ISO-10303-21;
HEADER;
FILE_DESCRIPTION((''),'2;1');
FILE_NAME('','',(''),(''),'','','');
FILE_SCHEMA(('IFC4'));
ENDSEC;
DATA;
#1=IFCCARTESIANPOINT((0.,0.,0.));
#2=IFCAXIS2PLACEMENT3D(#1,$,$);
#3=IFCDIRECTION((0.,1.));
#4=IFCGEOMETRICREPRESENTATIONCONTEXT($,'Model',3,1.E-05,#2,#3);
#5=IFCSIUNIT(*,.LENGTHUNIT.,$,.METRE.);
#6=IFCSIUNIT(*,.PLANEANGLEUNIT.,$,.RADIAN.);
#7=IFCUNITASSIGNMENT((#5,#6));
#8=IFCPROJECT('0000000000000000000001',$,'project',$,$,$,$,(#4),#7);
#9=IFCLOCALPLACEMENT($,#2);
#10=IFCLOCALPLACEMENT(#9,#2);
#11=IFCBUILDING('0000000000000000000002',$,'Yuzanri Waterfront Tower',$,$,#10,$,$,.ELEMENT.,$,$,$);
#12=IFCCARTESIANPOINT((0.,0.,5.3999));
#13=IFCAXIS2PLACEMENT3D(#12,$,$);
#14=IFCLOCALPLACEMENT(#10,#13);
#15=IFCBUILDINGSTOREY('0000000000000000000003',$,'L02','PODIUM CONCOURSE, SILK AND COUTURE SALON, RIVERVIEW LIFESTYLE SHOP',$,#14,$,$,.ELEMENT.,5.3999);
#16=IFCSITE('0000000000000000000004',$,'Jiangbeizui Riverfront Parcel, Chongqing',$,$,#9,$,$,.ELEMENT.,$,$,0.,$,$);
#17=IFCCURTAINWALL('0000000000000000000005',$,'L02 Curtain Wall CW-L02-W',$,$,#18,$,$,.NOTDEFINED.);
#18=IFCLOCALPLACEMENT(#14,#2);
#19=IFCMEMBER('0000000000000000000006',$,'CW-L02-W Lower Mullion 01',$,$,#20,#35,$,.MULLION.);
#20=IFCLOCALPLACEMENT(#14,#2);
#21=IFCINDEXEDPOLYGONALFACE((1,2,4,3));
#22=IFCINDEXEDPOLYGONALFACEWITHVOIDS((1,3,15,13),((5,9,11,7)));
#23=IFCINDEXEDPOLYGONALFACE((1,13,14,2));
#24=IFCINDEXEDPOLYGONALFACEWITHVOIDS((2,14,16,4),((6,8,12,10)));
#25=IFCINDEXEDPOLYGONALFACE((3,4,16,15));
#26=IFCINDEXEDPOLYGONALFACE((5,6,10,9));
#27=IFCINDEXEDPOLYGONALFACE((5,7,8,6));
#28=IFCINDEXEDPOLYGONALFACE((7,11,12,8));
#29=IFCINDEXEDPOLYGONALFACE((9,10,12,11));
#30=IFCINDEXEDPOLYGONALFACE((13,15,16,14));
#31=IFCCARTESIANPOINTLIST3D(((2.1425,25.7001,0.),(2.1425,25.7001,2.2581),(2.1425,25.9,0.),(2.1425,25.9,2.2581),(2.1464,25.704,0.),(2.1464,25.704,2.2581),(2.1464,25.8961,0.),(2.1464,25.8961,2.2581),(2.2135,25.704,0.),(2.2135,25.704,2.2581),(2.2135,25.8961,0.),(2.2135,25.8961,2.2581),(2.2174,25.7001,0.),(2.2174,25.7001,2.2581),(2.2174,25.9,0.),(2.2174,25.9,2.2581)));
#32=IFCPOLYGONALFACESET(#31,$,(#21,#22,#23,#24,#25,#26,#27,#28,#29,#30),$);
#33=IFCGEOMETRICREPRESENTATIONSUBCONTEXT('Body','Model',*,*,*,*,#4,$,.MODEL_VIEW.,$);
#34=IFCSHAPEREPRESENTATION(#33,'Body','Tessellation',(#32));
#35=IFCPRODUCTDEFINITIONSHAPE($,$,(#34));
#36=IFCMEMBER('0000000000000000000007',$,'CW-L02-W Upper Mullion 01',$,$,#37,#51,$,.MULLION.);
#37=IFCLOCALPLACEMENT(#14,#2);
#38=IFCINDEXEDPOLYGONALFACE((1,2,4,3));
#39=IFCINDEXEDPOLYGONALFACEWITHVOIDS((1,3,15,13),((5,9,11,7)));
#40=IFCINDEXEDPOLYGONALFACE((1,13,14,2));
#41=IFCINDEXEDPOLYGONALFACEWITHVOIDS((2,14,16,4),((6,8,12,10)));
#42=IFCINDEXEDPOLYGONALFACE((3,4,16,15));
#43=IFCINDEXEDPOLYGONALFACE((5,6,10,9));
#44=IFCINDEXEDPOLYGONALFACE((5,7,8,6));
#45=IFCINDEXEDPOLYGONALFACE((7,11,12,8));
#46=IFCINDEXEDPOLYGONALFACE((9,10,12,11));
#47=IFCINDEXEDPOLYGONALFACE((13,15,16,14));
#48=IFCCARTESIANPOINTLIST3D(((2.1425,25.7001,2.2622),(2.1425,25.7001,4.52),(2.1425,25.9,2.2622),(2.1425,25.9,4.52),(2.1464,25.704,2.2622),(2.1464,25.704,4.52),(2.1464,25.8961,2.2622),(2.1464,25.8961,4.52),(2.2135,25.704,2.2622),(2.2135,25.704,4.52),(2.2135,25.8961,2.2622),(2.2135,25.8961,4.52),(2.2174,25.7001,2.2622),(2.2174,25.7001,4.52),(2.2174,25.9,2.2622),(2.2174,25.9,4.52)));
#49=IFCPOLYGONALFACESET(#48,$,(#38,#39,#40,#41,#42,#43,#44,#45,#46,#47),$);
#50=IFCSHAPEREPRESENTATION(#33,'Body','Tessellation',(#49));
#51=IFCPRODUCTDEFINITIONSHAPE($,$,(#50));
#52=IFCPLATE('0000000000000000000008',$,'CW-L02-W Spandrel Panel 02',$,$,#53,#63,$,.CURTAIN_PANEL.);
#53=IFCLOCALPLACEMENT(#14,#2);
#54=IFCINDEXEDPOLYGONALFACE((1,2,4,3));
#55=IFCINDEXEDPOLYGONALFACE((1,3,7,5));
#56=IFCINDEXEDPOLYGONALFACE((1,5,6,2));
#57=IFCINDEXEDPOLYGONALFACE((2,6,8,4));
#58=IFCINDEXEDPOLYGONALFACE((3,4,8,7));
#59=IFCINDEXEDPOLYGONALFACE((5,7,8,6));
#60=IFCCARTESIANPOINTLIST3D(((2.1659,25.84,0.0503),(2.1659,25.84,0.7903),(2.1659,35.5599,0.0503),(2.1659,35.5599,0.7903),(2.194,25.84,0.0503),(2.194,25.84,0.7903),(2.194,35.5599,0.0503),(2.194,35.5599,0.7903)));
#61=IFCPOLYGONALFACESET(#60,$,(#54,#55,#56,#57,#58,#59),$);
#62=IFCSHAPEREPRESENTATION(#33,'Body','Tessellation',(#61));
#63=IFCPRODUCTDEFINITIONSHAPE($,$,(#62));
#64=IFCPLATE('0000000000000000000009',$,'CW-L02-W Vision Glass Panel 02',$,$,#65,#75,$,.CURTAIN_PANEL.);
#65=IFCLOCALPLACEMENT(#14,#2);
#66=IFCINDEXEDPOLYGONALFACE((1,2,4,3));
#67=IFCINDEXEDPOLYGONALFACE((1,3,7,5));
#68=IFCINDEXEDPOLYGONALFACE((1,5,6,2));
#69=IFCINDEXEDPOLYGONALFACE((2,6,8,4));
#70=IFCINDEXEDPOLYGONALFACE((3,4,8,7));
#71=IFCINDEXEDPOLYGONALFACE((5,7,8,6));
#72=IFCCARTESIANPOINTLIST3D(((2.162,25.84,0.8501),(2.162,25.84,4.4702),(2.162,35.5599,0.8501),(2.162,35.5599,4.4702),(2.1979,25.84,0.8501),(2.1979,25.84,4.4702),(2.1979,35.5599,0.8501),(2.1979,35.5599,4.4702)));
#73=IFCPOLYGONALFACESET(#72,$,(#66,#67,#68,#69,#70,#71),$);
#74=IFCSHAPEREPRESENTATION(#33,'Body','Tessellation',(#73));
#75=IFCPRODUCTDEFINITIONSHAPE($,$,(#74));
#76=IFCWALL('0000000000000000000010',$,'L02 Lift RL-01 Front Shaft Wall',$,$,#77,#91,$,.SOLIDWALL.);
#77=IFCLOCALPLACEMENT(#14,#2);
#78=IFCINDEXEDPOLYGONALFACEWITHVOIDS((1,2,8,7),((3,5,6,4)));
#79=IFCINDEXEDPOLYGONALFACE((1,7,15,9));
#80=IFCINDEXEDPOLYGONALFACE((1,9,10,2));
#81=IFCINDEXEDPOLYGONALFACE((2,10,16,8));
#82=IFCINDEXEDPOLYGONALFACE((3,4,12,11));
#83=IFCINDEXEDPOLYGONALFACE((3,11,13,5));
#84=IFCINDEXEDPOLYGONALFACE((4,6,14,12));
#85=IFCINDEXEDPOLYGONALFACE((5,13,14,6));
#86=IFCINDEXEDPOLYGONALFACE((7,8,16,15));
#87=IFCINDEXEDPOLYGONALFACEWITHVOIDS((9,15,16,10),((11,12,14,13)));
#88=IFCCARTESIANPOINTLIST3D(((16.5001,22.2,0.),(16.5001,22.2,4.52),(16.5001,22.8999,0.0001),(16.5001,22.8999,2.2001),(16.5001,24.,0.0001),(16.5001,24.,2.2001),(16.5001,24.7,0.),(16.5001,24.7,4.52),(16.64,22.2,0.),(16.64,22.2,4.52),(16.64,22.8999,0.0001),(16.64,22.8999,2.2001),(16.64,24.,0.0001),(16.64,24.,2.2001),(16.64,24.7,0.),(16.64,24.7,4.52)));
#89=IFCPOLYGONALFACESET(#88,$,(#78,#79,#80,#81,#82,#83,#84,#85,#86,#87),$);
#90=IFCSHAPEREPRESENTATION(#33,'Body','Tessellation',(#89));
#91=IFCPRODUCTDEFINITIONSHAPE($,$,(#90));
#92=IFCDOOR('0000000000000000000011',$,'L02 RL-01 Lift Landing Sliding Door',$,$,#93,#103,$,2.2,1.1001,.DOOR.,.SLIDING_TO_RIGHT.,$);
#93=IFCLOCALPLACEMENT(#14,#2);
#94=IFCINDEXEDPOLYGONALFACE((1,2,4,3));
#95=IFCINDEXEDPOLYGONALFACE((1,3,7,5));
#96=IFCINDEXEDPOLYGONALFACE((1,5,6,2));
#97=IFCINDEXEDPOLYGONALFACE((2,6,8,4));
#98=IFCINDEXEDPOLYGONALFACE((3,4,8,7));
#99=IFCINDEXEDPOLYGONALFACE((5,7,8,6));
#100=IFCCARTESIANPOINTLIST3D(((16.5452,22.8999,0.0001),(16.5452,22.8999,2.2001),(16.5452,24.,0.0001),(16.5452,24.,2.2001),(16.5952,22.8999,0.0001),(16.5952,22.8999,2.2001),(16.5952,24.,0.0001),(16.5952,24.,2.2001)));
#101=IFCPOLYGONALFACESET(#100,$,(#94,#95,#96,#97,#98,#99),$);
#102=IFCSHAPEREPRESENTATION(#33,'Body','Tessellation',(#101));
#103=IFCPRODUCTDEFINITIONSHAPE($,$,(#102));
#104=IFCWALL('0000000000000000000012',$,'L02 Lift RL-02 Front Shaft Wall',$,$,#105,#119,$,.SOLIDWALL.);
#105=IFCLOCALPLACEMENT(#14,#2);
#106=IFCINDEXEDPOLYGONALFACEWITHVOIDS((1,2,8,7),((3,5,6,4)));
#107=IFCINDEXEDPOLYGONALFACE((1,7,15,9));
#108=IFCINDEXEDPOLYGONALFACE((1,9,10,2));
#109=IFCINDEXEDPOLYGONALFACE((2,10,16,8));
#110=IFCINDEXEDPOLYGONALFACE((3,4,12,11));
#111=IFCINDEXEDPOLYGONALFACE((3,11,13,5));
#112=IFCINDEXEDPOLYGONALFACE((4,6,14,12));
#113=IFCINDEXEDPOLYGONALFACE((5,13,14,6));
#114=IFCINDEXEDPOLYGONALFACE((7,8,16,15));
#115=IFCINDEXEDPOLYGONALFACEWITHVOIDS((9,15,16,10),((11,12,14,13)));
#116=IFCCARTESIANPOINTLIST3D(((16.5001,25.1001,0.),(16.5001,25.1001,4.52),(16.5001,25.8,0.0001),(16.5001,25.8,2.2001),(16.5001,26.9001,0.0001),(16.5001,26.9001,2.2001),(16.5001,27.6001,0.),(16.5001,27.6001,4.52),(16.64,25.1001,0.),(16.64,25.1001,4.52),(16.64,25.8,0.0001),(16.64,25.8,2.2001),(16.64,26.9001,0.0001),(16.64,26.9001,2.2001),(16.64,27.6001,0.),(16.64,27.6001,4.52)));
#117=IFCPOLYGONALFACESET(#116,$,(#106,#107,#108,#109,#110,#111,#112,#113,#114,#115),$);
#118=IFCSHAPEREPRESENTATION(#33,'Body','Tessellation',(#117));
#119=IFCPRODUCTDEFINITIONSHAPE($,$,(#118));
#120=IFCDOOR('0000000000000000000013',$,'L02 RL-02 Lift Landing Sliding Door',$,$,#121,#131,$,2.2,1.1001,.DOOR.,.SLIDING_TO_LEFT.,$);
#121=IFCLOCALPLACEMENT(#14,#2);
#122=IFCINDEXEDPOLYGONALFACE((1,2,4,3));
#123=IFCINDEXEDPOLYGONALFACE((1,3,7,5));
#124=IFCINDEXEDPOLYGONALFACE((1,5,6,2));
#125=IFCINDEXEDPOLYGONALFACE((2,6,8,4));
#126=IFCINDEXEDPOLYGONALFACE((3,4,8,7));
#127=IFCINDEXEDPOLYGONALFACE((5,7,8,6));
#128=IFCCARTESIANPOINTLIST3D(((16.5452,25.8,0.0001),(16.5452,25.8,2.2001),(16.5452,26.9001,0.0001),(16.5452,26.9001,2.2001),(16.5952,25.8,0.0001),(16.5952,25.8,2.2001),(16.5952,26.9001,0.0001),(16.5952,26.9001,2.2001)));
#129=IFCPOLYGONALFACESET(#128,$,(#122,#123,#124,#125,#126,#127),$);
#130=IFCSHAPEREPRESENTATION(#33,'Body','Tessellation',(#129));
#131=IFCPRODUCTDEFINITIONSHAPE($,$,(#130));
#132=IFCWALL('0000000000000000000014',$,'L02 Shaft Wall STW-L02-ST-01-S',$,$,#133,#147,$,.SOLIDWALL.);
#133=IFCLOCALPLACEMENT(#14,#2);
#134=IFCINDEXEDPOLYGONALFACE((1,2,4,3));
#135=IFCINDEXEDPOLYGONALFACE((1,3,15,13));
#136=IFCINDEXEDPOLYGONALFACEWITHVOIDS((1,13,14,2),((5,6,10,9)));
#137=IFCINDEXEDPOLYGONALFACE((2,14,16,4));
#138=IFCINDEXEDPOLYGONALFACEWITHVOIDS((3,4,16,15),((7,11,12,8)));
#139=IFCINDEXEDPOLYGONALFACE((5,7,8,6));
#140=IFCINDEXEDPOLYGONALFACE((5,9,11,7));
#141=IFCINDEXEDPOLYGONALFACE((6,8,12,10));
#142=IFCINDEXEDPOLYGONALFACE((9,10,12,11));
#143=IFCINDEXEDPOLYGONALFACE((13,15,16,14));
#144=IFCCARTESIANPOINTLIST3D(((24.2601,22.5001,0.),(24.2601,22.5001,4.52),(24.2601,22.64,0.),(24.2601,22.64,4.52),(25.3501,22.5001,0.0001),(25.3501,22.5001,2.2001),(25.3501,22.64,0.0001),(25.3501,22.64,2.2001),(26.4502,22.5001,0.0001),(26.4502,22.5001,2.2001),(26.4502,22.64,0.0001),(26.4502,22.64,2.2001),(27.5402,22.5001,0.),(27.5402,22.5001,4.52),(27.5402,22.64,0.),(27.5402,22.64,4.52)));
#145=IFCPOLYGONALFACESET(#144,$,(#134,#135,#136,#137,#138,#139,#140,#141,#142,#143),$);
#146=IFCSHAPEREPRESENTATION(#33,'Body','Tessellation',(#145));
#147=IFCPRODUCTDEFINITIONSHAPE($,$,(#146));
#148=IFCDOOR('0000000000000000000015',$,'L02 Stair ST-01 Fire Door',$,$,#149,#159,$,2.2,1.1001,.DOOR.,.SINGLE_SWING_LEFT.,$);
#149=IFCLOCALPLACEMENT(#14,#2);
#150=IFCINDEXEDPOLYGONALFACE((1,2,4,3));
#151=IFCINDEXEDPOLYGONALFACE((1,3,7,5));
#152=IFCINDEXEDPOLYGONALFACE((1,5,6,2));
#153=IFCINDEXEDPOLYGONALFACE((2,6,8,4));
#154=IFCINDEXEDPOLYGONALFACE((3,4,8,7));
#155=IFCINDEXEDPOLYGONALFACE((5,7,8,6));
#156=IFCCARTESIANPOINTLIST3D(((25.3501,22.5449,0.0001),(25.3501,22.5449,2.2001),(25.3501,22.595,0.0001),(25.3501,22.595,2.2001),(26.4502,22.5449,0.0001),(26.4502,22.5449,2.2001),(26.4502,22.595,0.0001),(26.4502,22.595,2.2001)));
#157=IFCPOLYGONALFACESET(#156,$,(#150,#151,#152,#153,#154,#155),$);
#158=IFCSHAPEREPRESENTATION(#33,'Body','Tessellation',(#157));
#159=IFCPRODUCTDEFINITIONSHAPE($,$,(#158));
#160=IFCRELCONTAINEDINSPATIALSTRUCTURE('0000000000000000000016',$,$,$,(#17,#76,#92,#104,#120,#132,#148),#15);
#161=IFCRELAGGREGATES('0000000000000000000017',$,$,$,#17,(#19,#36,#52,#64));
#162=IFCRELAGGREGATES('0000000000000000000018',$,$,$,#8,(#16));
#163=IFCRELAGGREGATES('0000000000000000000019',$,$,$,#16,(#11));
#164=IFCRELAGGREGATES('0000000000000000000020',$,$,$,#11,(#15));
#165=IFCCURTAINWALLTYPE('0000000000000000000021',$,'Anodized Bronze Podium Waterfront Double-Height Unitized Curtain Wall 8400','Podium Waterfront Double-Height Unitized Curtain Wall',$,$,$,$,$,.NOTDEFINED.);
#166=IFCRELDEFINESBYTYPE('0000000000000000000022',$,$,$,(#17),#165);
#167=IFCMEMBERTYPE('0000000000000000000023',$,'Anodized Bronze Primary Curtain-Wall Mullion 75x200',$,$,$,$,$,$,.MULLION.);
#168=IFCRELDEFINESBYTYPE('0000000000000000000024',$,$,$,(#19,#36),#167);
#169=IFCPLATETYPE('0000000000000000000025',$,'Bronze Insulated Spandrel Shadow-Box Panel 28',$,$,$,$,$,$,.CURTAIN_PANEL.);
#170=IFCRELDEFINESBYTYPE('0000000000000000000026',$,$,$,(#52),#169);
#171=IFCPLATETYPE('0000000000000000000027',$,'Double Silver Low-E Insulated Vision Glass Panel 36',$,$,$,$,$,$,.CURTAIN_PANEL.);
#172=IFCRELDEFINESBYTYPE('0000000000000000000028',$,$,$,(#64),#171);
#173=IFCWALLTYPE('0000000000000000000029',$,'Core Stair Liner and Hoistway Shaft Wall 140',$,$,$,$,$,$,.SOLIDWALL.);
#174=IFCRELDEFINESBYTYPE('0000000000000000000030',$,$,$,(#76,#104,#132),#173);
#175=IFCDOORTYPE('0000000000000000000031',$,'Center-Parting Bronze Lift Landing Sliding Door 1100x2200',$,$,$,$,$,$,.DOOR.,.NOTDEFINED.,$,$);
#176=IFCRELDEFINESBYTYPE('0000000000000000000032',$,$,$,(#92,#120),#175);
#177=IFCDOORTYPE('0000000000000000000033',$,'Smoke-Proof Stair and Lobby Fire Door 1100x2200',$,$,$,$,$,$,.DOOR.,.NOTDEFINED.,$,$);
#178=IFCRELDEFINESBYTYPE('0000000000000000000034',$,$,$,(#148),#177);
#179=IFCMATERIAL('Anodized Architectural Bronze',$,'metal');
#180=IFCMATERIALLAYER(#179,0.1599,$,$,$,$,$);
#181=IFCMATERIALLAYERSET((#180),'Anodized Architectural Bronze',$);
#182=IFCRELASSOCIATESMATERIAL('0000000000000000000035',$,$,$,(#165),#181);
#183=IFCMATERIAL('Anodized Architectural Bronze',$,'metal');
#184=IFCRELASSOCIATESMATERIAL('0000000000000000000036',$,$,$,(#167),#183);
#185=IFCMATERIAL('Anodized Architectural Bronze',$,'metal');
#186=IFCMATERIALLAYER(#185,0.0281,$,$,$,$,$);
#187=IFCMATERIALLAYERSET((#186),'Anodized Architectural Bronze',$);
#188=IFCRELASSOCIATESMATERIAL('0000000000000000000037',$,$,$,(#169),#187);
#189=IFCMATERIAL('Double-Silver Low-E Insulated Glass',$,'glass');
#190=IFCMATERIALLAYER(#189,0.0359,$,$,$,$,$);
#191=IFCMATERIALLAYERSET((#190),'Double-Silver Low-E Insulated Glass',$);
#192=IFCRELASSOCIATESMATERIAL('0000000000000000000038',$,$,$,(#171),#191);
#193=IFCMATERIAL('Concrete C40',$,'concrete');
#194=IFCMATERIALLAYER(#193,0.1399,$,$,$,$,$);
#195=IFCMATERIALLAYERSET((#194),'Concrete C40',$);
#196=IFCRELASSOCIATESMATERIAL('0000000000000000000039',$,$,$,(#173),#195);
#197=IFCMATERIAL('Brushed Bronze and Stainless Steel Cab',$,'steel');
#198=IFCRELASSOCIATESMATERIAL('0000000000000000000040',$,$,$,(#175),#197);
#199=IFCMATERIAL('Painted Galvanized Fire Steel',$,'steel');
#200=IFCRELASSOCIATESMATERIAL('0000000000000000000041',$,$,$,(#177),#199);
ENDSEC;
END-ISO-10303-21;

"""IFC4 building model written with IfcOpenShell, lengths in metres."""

from ifc_helpers import new_model, si_unit, direction, frame, frame_2d, origin, origin_2d, place, context, subcontext, project, spatial, rectangle, hollow_rectangle, extrude, source, transform, mapped, material, layer, layer_set, material_profile, profile_set, type_object, element, fill, aggregate, save


model = new_model("IFC4")

# Units and contexts
model_context = context("Model", 3, precision=1e-05, world=origin(), true_north=direction((0.0, 1.0)))
body_context = subcontext(model_context, "Body", "Model", "MODEL_VIEW")
ifc_project = project(units=[si_unit("LENGTHUNIT", "METRE"), si_unit("PLANEANGLEUNIT", "RADIAN")], contexts=[model_context])

# Site, building, storey
site_placement = place(None, origin())
site = spatial("IfcSite", under=ifc_project, at=site_placement, Name="Jiangbeizui Riverfront Parcel, Chongqing", CompositionType="ELEMENT", RefElevation=0.0)
building_placement = place(site_placement, origin())
building = spatial("IfcBuilding", under=site, at=building_placement, Name="Yuzanri Waterfront Tower", CompositionType="ELEMENT")
storey_placement = place(building_placement, frame((0.0, 0.0, 5.3999)))
storey = spatial("IfcBuildingStorey", under=building, at=storey_placement, Name="L02", Description="PODIUM CONCOURSE, SILK AND COUTURE SALON, RIVERVIEW LIFESTYLE SHOP", CompositionType="ELEMENT", Elevation=5.3999)

# Curtain wall, members, plates
ifc_material_1 = material(Name="Anodized Architectural Bronze", Category="metal")
ifc_layer_1 = layer(ifc_material_1, 0.1599)
ifc_layer_set_1 = layer_set([ifc_layer_1], Name="Anodized Architectural Bronze")
curtain_wall_type = type_object("IfcCurtainWallType", Name="Anodized Bronze Podium Waterfront Double-Height Unitized Curtain Wall 8400", Description="Podium Waterfront Double-Height Unitized Curtain Wall", PredefinedType="NOTDEFINED", material=ifc_layer_set_1)
curtain_wall_placement = place(storey_placement, origin())
curtain_wall = element("IfcCurtainWall", 1, at=curtain_wall_placement, inside=storey, type_object=curtain_wall_type, Name="L02 Curtain Wall CW-L02-W", PredefinedType="NOTDEFINED")
ifc_material_2 = material(Name="Anodized Architectural Bronze", Category="metal")
ifc_material_profile_1 = material_profile(ifc_material_2, hollow_rectangle(XDim=0.075, YDim=0.2, WallThickness=0.0039, at=origin_2d()), Name="CWM 75x200")
ifc_profile_set_1 = profile_set([ifc_material_profile_1], Name="Anodized Architectural Bronze")
member_type = type_object("IfcMemberType", Name="Anodized Bronze Primary Curtain-Wall Mullion 75x200", PredefinedType="MULLION", material=ifc_profile_set_1)
shared_shape_1 = source(origin(), body_context, "Body", "SweptSolid", [
    extrude(hollow_rectangle(XDim=0.075, YDim=0.2, WallThickness=0.0039, at=origin_2d()), origin(), (0.0, 0.0, 1.0), 2.2581),
])
member_1_placement = place(storey_placement, frame((2.1799, 25.8, 0.0), z_axis=(0.0, 0.0, 1.0), x_axis=(1.0, 0.0, 0.0)))
member_1 = element("IfcMember", 2, at=member_1_placement, type_object=member_type, Name="CW-L02-W Lower Mullion 01", PredefinedType="MULLION", context=body_context, shape_type="MappedRepresentation", body=[
    mapped(shared_shape_1, transform((0.0, 0.0, 0.0), scale=1.0)),
])
shared_shape_2 = source(origin(), body_context, "Body", "SweptSolid", [
    extrude(hollow_rectangle(XDim=0.075, YDim=0.2, WallThickness=0.0039, at=origin_2d()), origin(), (0.0, 0.0, 1.0), 2.2578),
])
member_2_placement = place(storey_placement, frame((2.1799, 25.8, 2.2622), z_axis=(0.0, 0.0, 1.0), x_axis=(1.0, 0.0, 0.0)))
member_2 = element("IfcMember", 3, at=member_2_placement, type_object=member_type, Name="CW-L02-W Upper Mullion 01", PredefinedType="MULLION", context=body_context, shape_type="MappedRepresentation", body=[
    mapped(shared_shape_2, transform((0.0, 0.0, 0.0), scale=1.0)),
])
ifc_material_3 = material(Name="Anodized Architectural Bronze", Category="metal")
ifc_layer_2 = layer(ifc_material_3, 0.0281)
ifc_layer_set_2 = layer_set([ifc_layer_2], Name="Anodized Architectural Bronze")
plate_type_1 = type_object("IfcPlateType", Name="Bronze Insulated Spandrel Shadow-Box Panel 28", PredefinedType="CURTAIN_PANEL", material=ifc_layer_set_2)
shared_shape_3 = source(origin(), body_context, "Body", "SweptSolid", [
    extrude(rectangle(XDim=9.72, YDim=0.0281, at=origin_2d()), origin(), (0.0, 0.0, 1.0), 0.74),
])
plate_1_placement = place(storey_placement, frame((2.1799, 30.7, 0.0503), z_axis=(0.0, 0.0, 1.0), x_axis=(0.0, 1.0, 0.0)))
plate_1 = element("IfcPlate", 4, at=plate_1_placement, type_object=plate_type_1, Name="CW-L02-W Spandrel Panel 02", PredefinedType="CURTAIN_PANEL", context=body_context, shape_type="MappedRepresentation", body=[
    mapped(shared_shape_3, transform((0.0, 0.0, 0.0), scale=1.0)),
])
ifc_material_4 = material(Name="Double-Silver Low-E Insulated Glass", Category="glass")
ifc_layer_3 = layer(ifc_material_4, 0.0359)
ifc_layer_set_3 = layer_set([ifc_layer_3], Name="Double-Silver Low-E Insulated Glass")
plate_type_2 = type_object("IfcPlateType", Name="Double Silver Low-E Insulated Vision Glass Panel 36", PredefinedType="CURTAIN_PANEL", material=ifc_layer_set_3)
shared_shape_4 = source(origin(), body_context, "Body", "SweptSolid", [
    extrude(rectangle(XDim=9.72, YDim=0.0359, at=origin_2d()), origin(), (0.0, 0.0, 1.0), 3.6201),
])
plate_2_placement = place(storey_placement, frame((2.1799, 30.7, 0.8501), z_axis=(0.0, 0.0, 1.0), x_axis=(0.0, 1.0, 0.0)))
plate_2 = element("IfcPlate", 5, at=plate_2_placement, type_object=plate_type_2, Name="CW-L02-W Vision Glass Panel 02", PredefinedType="CURTAIN_PANEL", context=body_context, shape_type="MappedRepresentation", body=[
    mapped(shared_shape_4, transform((0.0, 0.0, 0.0), scale=1.0)),
])
aggregate(curtain_wall, [member_1, member_2, plate_1, plate_2])

# Walls, openings, doors
ifc_material_5 = material(Name="Concrete C40", Category="concrete")
ifc_layer_4 = layer(ifc_material_5, 0.1399)
ifc_layer_set_4 = layer_set([ifc_layer_4], Name="Concrete C40")
wall_type_1 = type_object("IfcWallType", Name="Core Stair Liner and Hoistway Shaft Wall 140", PredefinedType="SOLIDWALL", material=ifc_layer_set_4)
wall_1_placement = place(storey_placement, frame((16.5701, 22.2, 0.0), z_axis=(0.0, 0.0, 1.0), x_axis=(0.0, 1.0, 0.0)))
wall_1 = element("IfcWall", 6, at=wall_1_placement, inside=storey, type_object=wall_type_1, Name="L02 Lift RL-01 Front Shaft Wall", PredefinedType="SOLIDWALL", context=body_context, shape_type="SweptSolid", body=[
    extrude(rectangle(XDim=2.5, YDim=0.1399, at=frame_2d((1.25, 0.0))), origin(), (0.0, 0.0, 1.0), 4.52),
])
opening_1_placement = place(wall_1_placement, frame((0.7, 0.0, 0.0)))
opening_1 = element("IfcOpeningElement", 7, at=opening_1_placement, cuts=wall_1, PredefinedType="OPENING", context=body_context, shape_type="SweptSolid", body=[
    extrude(rectangle(XDim=1.1001, YDim=2.2, at=frame_2d((0.55, 1.1001))), frame((0.0, 0.085, 0.0), z_axis=(0.0, -1.0, 0.0), x_axis=(1.0, 0.0, 0.0)), (0.0, 0.0, 1.0), 0.1697),
])
ifc_material_6 = material(Name="Brushed Bronze and Stainless Steel Cab", Category="steel")
door_type_1 = type_object("IfcDoorType", Name="Center-Parting Bronze Lift Landing Sliding Door 1100x2200", OperationType="NOTDEFINED", PredefinedType="DOOR", material=ifc_material_6)
shared_shape_5 = source(origin(), body_context, "Body", "SweptSolid", [
    extrude(rectangle(XDim=1.1001, YDim=2.2, at=frame_2d((0.55, 1.1001))), frame((0.0, 0.0249, 0.0), z_axis=(0.0, -1.0, 0.0), x_axis=(1.0, 0.0, 0.0)), (0.0, 0.0, 1.0), 0.05),
])
door_1_placement = place(opening_1_placement, origin())
door_1 = element("IfcDoor", 8, at=door_1_placement, inside=storey, type_object=door_type_1, Name="L02 RL-01 Lift Landing Sliding Door", OperationType="SLIDING_TO_RIGHT", OverallHeight=2.2, OverallWidth=1.1001, PredefinedType="DOOR", context=body_context, shape_type="MappedRepresentation", body=[
    mapped(shared_shape_5, transform((0.0, 0.0, 0.0), scale=1.0)),
])
fill(opening_1, door_1)
wall_2_placement = place(storey_placement, frame((16.5701, 25.1001, 0.0), z_axis=(0.0, 0.0, 1.0), x_axis=(0.0, 1.0, 0.0)))
wall_2 = element("IfcWall", 9, at=wall_2_placement, inside=storey, type_object=wall_type_1, Name="L02 Lift RL-02 Front Shaft Wall", PredefinedType="SOLIDWALL", context=body_context, shape_type="SweptSolid", body=[
    extrude(rectangle(XDim=2.5, YDim=0.1399, at=frame_2d((1.25, 0.0))), origin(), (0.0, 0.0, 1.0), 4.52),
])
opening_2_placement = place(wall_2_placement, frame((0.7, 0.0, 0.0)))
opening_2 = element("IfcOpeningElement", 10, at=opening_2_placement, cuts=wall_2, PredefinedType="OPENING", context=body_context, shape_type="SweptSolid", body=[
    extrude(rectangle(XDim=1.1001, YDim=2.2, at=frame_2d((0.55, 1.1001))), frame((0.0, 0.085, 0.0), z_axis=(0.0, -1.0, 0.0), x_axis=(1.0, 0.0, 0.0)), (0.0, 0.0, 1.0), 0.1697),
])
door_2_placement = place(opening_2_placement, origin())
door_2 = element("IfcDoor", 11, at=door_2_placement, inside=storey, type_object=door_type_1, Name="L02 RL-02 Lift Landing Sliding Door", OperationType="SLIDING_TO_LEFT", OverallHeight=2.2, OverallWidth=1.1001, PredefinedType="DOOR", context=body_context, shape_type="MappedRepresentation", body=[
    mapped(shared_shape_5, transform((0.0, 0.0, 0.0), scale=1.0)),
])
fill(opening_2, door_2)
wall_3_placement = place(storey_placement, frame((24.26, 22.5701, 0.0), z_axis=(0.0, 0.0, 1.0), x_axis=(1.0, 0.0, 0.0)))
wall_3 = element("IfcWall", 12, at=wall_3_placement, inside=storey, type_object=wall_type_1, Name="L02 Shaft Wall STW-L02-ST-01-S", PredefinedType="SOLIDWALL", context=body_context, shape_type="SweptSolid", body=[
    extrude(rectangle(XDim=3.28, YDim=0.1399, at=frame_2d((1.6401, 0.0))), origin(), (0.0, 0.0, 1.0), 4.52),
])
opening_3_placement = place(wall_3_placement, frame((1.0901, 0.0, 0.0)))
opening_3 = element("IfcOpeningElement", 13, at=opening_3_placement, cuts=wall_3, PredefinedType="OPENING", context=body_context, shape_type="SweptSolid", body=[
    extrude(rectangle(XDim=1.1001, YDim=2.2, at=frame_2d((0.55, 1.1001))), frame((0.0, 0.085, 0.0), z_axis=(0.0, -1.0, 0.0), x_axis=(1.0, 0.0, 0.0)), (0.0, 0.0, 1.0), 0.1697),
])
ifc_material_7 = material(Name="Painted Galvanized Fire Steel", Category="steel")
door_type_2 = type_object("IfcDoorType", Name="Smoke-Proof Stair and Lobby Fire Door 1100x2200", OperationType="NOTDEFINED", PredefinedType="DOOR", material=ifc_material_7)
shared_shape_6 = source(origin(), body_context, "Body", "SweptSolid", [
    extrude(rectangle(XDim=1.1001, YDim=2.2, at=frame_2d((0.55, 1.1001))), frame((0.0, 0.0249, 0.0), z_axis=(0.0, -1.0, 0.0), x_axis=(1.0, 0.0, 0.0)), (0.0, 0.0, 1.0), 0.05),
])
door_3_placement = place(opening_3_placement, origin())
door_3 = element("IfcDoor", 14, at=door_3_placement, inside=storey, type_object=door_type_2, Name="L02 Stair ST-01 Fire Door", OperationType="SINGLE_SWING_LEFT", OverallHeight=2.2, OverallWidth=1.1001, PredefinedType="DOOR", context=body_context, shape_type="MappedRepresentation", body=[
    mapped(shared_shape_6, transform((0.0, 0.0, 0.0), scale=1.0)),
])
fill(opening_3, door_3)

save(model, "model.ifc")
